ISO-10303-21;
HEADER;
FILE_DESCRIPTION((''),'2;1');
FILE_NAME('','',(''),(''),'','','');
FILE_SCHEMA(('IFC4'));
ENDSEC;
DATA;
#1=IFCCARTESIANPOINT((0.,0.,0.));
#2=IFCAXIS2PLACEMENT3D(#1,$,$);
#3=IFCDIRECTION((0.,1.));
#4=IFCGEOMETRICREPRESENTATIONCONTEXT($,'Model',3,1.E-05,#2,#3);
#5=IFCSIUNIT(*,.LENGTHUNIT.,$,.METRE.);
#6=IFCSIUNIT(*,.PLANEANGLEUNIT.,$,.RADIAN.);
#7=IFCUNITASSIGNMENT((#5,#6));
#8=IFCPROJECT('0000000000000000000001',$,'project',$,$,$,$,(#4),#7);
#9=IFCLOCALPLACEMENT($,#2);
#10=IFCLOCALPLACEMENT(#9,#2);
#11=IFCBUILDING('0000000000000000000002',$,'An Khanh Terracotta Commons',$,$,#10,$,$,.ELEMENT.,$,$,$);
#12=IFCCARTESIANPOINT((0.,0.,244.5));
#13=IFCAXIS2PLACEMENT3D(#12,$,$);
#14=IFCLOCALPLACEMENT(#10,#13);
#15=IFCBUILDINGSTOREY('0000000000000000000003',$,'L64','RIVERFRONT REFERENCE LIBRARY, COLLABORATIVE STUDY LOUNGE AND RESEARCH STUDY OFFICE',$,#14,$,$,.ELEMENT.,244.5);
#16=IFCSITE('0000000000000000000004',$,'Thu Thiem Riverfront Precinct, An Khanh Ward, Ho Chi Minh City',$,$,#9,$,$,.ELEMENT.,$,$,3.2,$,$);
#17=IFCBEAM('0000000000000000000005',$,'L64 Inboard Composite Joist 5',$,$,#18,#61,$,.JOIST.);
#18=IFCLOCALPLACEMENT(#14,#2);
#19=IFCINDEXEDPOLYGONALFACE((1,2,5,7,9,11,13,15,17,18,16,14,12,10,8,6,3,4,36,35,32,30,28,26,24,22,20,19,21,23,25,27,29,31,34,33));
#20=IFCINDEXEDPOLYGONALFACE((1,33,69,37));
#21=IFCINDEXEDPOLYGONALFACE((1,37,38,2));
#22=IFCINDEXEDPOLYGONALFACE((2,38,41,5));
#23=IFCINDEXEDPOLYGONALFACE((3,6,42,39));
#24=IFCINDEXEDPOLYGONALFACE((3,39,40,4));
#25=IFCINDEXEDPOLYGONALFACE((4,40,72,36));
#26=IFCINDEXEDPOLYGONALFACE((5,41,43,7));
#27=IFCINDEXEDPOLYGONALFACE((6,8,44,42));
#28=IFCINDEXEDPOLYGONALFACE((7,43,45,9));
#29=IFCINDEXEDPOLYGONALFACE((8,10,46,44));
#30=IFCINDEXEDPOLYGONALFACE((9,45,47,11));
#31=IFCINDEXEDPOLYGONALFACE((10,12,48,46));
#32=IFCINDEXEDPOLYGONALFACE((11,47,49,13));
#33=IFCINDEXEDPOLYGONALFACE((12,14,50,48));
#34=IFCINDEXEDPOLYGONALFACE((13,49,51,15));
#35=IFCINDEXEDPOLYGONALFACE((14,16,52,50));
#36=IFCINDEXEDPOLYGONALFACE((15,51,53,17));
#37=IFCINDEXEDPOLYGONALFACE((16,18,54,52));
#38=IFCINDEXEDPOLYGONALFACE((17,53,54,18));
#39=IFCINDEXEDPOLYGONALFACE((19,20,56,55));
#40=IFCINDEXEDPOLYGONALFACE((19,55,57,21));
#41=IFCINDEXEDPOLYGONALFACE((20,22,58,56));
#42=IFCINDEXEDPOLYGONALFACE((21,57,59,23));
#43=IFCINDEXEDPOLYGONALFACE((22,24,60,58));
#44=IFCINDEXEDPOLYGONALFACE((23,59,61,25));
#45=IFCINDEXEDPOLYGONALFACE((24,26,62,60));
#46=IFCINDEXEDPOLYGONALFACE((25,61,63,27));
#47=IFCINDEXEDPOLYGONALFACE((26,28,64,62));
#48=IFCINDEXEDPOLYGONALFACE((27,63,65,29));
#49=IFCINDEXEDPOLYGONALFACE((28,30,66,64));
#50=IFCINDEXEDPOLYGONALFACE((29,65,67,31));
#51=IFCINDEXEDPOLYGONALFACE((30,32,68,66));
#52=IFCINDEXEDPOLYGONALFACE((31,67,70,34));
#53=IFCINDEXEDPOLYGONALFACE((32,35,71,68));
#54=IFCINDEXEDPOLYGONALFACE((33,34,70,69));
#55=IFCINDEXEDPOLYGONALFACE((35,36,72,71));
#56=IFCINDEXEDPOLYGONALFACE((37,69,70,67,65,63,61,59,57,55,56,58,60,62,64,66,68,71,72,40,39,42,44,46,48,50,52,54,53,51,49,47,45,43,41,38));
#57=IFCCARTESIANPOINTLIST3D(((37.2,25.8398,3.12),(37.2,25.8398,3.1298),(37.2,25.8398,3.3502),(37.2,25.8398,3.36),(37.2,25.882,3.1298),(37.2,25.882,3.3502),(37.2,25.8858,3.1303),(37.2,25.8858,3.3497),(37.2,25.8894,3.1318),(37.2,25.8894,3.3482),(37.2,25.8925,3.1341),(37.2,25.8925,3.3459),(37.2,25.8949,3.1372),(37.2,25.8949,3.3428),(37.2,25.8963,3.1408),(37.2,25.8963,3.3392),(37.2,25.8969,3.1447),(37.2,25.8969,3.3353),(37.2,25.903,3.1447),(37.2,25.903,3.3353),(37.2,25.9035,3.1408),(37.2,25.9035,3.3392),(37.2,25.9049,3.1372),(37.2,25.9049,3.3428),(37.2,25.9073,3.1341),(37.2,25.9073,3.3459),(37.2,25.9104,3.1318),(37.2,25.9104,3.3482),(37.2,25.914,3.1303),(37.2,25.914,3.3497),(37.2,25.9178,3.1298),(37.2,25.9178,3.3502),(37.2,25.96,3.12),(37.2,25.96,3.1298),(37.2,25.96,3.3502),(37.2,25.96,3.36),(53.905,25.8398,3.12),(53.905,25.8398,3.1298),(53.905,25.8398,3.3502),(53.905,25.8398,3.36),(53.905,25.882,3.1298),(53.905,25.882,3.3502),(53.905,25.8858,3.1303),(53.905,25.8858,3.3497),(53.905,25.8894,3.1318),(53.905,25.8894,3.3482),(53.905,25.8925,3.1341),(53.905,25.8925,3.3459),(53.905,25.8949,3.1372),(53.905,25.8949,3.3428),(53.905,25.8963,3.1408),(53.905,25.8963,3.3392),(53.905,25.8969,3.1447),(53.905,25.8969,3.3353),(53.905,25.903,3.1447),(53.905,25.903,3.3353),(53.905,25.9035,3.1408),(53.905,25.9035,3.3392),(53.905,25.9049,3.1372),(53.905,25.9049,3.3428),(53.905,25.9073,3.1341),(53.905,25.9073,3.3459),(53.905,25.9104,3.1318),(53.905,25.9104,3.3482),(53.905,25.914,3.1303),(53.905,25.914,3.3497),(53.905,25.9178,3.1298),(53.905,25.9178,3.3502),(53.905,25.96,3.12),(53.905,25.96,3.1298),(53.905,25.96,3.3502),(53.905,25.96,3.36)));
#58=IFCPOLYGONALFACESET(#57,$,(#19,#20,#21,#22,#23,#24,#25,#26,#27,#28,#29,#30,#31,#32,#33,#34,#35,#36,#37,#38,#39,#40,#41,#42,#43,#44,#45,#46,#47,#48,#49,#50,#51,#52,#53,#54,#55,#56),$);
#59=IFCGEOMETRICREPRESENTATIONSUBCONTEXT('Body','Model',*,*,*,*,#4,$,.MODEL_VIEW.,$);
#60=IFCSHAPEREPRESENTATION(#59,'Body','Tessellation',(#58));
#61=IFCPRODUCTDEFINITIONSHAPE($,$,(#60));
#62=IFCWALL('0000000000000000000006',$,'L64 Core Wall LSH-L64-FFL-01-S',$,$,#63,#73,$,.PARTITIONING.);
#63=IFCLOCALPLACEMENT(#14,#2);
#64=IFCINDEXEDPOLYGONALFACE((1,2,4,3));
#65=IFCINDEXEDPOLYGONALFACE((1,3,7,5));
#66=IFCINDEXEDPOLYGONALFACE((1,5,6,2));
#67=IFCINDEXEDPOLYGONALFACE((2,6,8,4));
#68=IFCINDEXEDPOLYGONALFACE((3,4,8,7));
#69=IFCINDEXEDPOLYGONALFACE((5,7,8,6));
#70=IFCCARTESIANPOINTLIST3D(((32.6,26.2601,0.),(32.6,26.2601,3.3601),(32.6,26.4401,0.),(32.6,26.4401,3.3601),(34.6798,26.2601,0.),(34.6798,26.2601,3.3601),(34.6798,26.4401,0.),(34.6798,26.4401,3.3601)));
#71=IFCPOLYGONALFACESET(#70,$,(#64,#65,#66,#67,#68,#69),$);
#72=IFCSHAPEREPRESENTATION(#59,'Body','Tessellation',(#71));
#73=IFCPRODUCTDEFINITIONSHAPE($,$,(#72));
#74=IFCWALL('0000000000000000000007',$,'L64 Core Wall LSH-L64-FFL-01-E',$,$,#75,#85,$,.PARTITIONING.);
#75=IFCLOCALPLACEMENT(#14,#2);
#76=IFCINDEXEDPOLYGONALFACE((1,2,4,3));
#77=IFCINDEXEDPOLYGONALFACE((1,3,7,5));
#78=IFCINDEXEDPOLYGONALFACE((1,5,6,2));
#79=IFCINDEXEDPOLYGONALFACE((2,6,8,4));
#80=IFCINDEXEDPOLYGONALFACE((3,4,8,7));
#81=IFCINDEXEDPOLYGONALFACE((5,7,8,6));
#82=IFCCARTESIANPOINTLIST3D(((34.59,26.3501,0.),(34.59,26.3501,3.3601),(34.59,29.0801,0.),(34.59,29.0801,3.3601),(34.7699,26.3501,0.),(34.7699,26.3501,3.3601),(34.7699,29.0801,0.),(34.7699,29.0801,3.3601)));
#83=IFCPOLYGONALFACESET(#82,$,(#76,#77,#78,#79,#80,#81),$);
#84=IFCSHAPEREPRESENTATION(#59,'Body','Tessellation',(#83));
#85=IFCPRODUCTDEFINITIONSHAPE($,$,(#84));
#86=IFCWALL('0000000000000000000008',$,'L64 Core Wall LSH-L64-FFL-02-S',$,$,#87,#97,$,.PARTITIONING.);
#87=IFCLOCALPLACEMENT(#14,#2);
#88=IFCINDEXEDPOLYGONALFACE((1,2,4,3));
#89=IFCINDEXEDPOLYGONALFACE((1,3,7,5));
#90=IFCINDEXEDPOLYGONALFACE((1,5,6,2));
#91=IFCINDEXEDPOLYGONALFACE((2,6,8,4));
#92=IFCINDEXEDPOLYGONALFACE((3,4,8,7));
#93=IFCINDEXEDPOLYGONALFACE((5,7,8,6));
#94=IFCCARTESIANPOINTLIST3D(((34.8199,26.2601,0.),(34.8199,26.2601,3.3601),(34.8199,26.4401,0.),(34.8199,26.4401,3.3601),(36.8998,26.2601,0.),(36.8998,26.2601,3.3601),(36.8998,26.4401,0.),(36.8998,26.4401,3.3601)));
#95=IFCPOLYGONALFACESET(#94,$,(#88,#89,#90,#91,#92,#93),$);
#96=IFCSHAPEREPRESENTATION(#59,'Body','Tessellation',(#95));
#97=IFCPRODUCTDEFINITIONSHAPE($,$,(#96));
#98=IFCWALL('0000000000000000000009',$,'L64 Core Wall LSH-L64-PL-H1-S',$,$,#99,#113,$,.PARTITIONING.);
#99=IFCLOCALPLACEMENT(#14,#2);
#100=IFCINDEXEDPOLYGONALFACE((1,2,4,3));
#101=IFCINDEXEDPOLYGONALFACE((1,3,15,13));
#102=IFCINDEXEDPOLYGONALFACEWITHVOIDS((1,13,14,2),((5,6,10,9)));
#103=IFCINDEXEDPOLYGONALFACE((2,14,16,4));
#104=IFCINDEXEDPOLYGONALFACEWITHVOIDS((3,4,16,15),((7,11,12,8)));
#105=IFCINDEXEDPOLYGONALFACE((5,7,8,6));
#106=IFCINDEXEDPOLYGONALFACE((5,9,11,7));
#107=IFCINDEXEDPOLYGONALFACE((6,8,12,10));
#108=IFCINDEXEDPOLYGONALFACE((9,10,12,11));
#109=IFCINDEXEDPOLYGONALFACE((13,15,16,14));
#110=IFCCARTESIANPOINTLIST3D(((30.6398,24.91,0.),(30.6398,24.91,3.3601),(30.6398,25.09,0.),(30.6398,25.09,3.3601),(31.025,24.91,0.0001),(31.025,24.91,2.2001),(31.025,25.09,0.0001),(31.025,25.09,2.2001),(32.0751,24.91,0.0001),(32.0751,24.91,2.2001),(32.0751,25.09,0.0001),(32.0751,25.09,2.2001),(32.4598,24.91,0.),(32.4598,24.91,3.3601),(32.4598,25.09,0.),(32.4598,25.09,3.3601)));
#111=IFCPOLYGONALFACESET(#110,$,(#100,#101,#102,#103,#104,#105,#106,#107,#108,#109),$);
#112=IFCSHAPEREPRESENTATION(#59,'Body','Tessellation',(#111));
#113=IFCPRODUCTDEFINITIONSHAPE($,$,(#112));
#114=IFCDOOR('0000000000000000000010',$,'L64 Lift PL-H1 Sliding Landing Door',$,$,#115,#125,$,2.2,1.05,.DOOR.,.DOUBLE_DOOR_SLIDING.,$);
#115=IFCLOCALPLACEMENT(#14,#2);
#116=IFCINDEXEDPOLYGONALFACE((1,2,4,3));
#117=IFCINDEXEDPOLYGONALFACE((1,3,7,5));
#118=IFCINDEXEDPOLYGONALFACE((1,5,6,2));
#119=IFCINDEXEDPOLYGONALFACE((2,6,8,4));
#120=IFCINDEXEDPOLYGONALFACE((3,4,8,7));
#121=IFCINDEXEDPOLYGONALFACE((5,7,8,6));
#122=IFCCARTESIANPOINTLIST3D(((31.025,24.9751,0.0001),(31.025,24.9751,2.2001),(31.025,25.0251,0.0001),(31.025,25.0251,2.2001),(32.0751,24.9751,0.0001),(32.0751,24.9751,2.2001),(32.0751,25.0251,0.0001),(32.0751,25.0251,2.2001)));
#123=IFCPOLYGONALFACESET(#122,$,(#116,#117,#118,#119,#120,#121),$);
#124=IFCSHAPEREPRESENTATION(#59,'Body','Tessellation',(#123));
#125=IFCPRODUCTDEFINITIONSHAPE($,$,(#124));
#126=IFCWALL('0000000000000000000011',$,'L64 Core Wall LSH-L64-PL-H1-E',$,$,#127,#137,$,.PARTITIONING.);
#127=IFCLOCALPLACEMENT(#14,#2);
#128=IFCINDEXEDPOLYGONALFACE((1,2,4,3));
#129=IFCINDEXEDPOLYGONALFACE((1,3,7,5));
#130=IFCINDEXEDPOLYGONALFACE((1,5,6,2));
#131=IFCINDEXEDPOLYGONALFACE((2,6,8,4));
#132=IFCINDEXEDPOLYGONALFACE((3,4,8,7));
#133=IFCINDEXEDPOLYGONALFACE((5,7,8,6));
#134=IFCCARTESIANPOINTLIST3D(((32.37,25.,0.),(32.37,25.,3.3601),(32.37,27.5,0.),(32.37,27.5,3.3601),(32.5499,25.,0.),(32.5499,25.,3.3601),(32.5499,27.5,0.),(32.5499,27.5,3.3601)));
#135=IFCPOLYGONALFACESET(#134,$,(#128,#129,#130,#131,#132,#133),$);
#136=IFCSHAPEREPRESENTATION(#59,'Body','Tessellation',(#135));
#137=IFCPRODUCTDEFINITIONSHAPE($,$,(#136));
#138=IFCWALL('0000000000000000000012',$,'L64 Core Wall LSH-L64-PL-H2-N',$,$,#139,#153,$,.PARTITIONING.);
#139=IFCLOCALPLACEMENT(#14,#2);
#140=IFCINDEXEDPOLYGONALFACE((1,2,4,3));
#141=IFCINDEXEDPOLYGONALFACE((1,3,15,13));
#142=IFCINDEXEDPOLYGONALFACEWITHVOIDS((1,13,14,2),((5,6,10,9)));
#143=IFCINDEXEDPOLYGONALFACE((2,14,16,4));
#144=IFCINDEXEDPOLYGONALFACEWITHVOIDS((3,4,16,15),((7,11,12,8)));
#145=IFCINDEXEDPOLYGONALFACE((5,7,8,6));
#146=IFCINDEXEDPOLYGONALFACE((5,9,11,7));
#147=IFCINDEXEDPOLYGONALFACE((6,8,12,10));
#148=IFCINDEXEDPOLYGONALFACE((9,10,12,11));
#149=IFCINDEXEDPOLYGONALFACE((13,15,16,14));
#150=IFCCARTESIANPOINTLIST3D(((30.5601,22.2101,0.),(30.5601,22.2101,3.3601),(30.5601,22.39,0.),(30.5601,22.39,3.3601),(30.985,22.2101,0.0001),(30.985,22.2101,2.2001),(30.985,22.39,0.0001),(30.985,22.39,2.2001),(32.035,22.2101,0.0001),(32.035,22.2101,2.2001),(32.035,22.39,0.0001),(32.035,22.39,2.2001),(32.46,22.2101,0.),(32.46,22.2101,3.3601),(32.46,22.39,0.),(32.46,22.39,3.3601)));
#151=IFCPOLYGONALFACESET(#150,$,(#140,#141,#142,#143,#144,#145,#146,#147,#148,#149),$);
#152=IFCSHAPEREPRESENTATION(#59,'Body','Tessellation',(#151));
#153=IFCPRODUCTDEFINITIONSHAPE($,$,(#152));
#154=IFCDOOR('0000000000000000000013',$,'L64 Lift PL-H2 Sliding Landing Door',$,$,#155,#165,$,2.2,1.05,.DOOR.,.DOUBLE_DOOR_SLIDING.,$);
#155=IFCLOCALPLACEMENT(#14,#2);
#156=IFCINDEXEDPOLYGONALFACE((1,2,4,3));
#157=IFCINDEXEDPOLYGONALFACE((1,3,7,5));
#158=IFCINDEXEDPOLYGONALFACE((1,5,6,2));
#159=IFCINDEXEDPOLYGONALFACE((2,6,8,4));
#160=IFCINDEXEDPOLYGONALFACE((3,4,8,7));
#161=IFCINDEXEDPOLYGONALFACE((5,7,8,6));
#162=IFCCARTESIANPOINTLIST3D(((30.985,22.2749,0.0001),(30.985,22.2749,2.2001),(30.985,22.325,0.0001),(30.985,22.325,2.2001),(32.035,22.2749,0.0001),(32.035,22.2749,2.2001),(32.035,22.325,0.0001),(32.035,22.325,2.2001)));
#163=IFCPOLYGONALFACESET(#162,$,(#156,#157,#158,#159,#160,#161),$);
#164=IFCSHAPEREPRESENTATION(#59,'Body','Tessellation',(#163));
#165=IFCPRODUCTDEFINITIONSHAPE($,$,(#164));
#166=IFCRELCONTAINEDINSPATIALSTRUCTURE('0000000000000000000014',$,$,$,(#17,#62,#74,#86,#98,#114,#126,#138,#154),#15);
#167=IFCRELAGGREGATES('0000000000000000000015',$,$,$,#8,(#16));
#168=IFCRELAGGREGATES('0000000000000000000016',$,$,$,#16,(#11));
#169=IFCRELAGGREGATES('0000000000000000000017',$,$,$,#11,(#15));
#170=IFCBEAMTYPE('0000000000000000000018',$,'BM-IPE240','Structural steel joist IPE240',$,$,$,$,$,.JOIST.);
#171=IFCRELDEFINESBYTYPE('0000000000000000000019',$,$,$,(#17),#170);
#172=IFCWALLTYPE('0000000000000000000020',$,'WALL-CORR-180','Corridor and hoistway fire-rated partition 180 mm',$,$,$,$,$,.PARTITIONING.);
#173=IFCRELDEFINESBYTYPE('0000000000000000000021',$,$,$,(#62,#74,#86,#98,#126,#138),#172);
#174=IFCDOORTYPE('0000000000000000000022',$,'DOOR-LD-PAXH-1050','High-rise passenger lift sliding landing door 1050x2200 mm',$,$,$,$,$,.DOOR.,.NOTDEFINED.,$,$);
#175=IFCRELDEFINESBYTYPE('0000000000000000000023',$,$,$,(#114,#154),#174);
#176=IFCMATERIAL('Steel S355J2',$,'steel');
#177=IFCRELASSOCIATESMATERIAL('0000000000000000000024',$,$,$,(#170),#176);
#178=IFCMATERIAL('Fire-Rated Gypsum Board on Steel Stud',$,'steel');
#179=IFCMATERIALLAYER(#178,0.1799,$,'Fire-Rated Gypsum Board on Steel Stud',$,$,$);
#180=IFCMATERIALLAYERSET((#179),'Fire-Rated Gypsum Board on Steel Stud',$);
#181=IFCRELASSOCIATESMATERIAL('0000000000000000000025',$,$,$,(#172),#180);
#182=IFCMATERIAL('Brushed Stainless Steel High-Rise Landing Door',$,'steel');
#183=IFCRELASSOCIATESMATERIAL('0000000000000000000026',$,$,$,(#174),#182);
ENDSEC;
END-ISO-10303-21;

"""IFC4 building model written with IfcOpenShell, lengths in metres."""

from ifc_helpers import new_model, si_unit, direction, frame, frame_2d, origin, origin_2d, place, context, subcontext, project, spatial, rectangle, i_section, extrude, material, layer, layer_set, material_profile, profile_set, type_object, element, fill, save


model = new_model("IFC4")

# Units and contexts
model_context = context("Model", 3, precision=1e-05, world=origin(), true_north=direction((0.0, 1.0)))
body_context = subcontext(model_context, "Body", "Model", "MODEL_VIEW")
ifc_project = project(units=[si_unit("LENGTHUNIT", "METRE"), si_unit("PLANEANGLEUNIT", "RADIAN")], contexts=[model_context])

# Site, building, storey
site_placement = place(None, origin())
site = spatial("IfcSite", under=ifc_project, at=site_placement, Name="Thu Thiem Riverfront Precinct, An Khanh Ward, Ho Chi Minh City", CompositionType="ELEMENT", RefElevation=3.2)
building_placement = place(site_placement, origin())
building = spatial("IfcBuilding", under=site, at=building_placement, Name="An Khanh Terracotta Commons", CompositionType="ELEMENT")
storey_placement = place(building_placement, frame((0.0, 0.0, 244.5)))
storey = spatial("IfcBuildingStorey", under=building, at=storey_placement, Name="L64", Description="RIVERFRONT REFERENCE LIBRARY, COLLABORATIVE STUDY LOUNGE AND RESEARCH STUDY OFFICE", CompositionType="ELEMENT", Elevation=244.5)

# Beam
ifc_material_1 = material(Name="Steel S355J2", Category="steel")
ifc_material_profile_1 = material_profile(ifc_material_1, i_section(OverallWidth=0.1201, OverallDepth=0.24, WebThickness=0.0061, FlangeThickness=0.0098, FilletRadius=0.0149, at=origin_2d()), Name="IPE240")
ifc_profile_set_1 = profile_set([ifc_material_profile_1], Name="Steel S355J2")
beam_type_1 = type_object("IfcBeamType", Name="BM-IPE240", Description="Structural steel joist IPE240", PredefinedType="JOIST", material=ifc_profile_set_1)
for number, where, z_axis, x_axis, name in (
    (1, (37.2, 25.8999, 3.24), (1.0, 0.0, 0.0), (0.0, 1.0, 0.0), "L64 Inboard Composite Joist 5"),
):
    element("IfcBeam", number, at=place(storey_placement, frame(where, z_axis=z_axis, x_axis=x_axis)), inside=storey, type_object=beam_type_1, Name=name, PredefinedType="JOIST", context=body_context, shape_type="SweptSolid", body=[
        extrude(i_section(OverallWidth=0.1201, OverallDepth=0.24, WebThickness=0.0061, FlangeThickness=0.0098, FilletRadius=0.0149, at=origin_2d()), origin(), (0.0, 0.0, 1.0), 16.7051),
    ])

# Walls
ifc_material_2 = material(Name="Fire-Rated Gypsum Board on Steel Stud", Category="steel")
ifc_layer = layer(ifc_material_2, 0.1799, Name="Fire-Rated Gypsum Board on Steel Stud")
ifc_layer_set = layer_set([ifc_layer], Name="Fire-Rated Gypsum Board on Steel Stud")
wall_type = type_object("IfcWallType", Name="WALL-CORR-180", Description="Corridor and hoistway fire-rated partition 180 mm", PredefinedType="PARTITIONING", material=ifc_layer_set)
wall_1_placement = place(storey_placement, frame((34.6799, 26.3501, 0.0), z_axis=(0.0, 0.0, 1.0), x_axis=(-1.0, 0.0, 0.0)))
element("IfcWall", 2, at=wall_1_placement, inside=storey, type_object=wall_type, Name="L64 Core Wall LSH-L64-FFL-01-S", PredefinedType="PARTITIONING", context=body_context, shape_type="SweptSolid", body=[
    extrude(rectangle(XDim=2.0798, YDim=0.1799, at=frame_2d((1.04, 0.0))), origin(), (0.0, 0.0, 1.0), 3.3601),
])
wall_2_placement = place(storey_placement, frame((34.6799, 26.3501, 0.0), z_axis=(0.0, 0.0, 1.0), x_axis=(0.0, 1.0, 0.0)))
element("IfcWall", 3, at=wall_2_placement, inside=storey, type_object=wall_type, Name="L64 Core Wall LSH-L64-FFL-01-E", PredefinedType="PARTITIONING", context=body_context, shape_type="SweptSolid", body=[
    extrude(rectangle(XDim=2.73, YDim=0.1799, at=frame_2d((1.365, 0.0))), origin(), (0.0, 0.0, 1.0), 3.3601),
])
wall_3_placement = place(storey_placement, frame((36.8999, 26.3501, 0.0), z_axis=(0.0, 0.0, 1.0), x_axis=(-1.0, 0.0, 0.0)))
element("IfcWall", 4, at=wall_3_placement, inside=storey, type_object=wall_type, Name="L64 Core Wall LSH-L64-FFL-02-S", PredefinedType="PARTITIONING", context=body_context, shape_type="SweptSolid", body=[
    extrude(rectangle(XDim=2.0798, YDim=0.1799, at=frame_2d((1.04, 0.0))), origin(), (0.0, 0.0, 1.0), 3.3601),
])

# Wall, opening, door
wall_4_placement = place(storey_placement, frame((32.46, 25.0, 0.0), z_axis=(0.0, 0.0, 1.0), x_axis=(-1.0, 0.0, 0.0)))
wall_4 = element("IfcWall", 5, at=wall_4_placement, inside=storey, type_object=wall_type, Name="L64 Core Wall LSH-L64-PL-H1-S", PredefinedType="PARTITIONING", context=body_context, shape_type="SweptSolid", body=[
    extrude(rectangle(XDim=1.8201, YDim=0.1799, at=frame_2d((0.9102, 0.0))), origin(), (0.0, 0.0, 1.0), 3.3601),
])
opening_1_placement = place(wall_4_placement, frame((0.385, 0.0, 0.0)))
opening_1 = element("IfcOpeningElement", 6, at=opening_1_placement, cuts=wall_4, PredefinedType="OPENING", context=body_context, shape_type="SweptSolid", body=[
    extrude(rectangle(XDim=1.05, YDim=2.2, at=frame_2d((0.5249, 1.1001))), frame((0.0, 0.0999, 0.0), z_axis=(0.0, -1.0, 0.0), x_axis=(1.0, 0.0, 0.0)), (0.0, 0.0, 1.0), 0.2),
])
ifc_material_3 = material(Name="Brushed Stainless Steel High-Rise Landing Door", Category="steel")
door_type = type_object("IfcDoorType", Name="DOOR-LD-PAXH-1050", Description="High-rise passenger lift sliding landing door 1050x2200 mm", OperationType="NOTDEFINED", PredefinedType="DOOR", material=ifc_material_3)
door_1_placement = place(opening_1_placement, origin())
door_1 = element("IfcDoor", 7, at=door_1_placement, inside=storey, type_object=door_type, Name="L64 Lift PL-H1 Sliding Landing Door", OperationType="DOUBLE_DOOR_SLIDING", OverallHeight=2.2, OverallWidth=1.05, PredefinedType="DOOR", context=body_context, shape_type="SweptSolid", body=[
    extrude(rectangle(XDim=1.05, YDim=2.2, at=frame_2d((0.5249, 1.1001))), frame((0.0, 0.0249, 0.0), z_axis=(0.0, -1.0, 0.0), x_axis=(1.0, 0.0, 0.0)), (0.0, 0.0, 1.0), 0.05),
])
fill(opening_1, door_1)

# Wall
wall_5_placement = place(storey_placement, frame((32.46, 25.0, 0.0), z_axis=(0.0, 0.0, 1.0), x_axis=(0.0, 1.0, 0.0)))
element("IfcWall", 8, at=wall_5_placement, inside=storey, type_object=wall_type, Name="L64 Core Wall LSH-L64-PL-H1-E", PredefinedType="PARTITIONING", context=body_context, shape_type="SweptSolid", body=[
    extrude(rectangle(XDim=2.5, YDim=0.1799, at=frame_2d((1.25, 0.0))), origin(), (0.0, 0.0, 1.0), 3.3601),
])

# Wall, opening, door
wall_6_placement = place(storey_placement, frame((30.5601, 22.3, 0.0), z_axis=(0.0, 0.0, 1.0), x_axis=(1.0, 0.0, 0.0)))
wall_6 = element("IfcWall", 9, at=wall_6_placement, inside=storey, type_object=wall_type, Name="L64 Core Wall LSH-L64-PL-H2-N", PredefinedType="PARTITIONING", context=body_context, shape_type="SweptSolid", body=[
    extrude(rectangle(XDim=1.8999, YDim=0.1799, at=frame_2d((0.95, 0.0))), origin(), (0.0, 0.0, 1.0), 3.3601),
])
opening_2_placement = place(wall_6_placement, frame((0.425, 0.0, 0.0)))
opening_2 = element("IfcOpeningElement", 10, at=opening_2_placement, cuts=wall_6, PredefinedType="OPENING", context=body_context, shape_type="SweptSolid", body=[
    extrude(rectangle(XDim=1.05, YDim=2.2, at=frame_2d((0.5249, 1.1001))), frame((0.0, 0.0999, 0.0), z_axis=(0.0, -1.0, 0.0), x_axis=(1.0, 0.0, 0.0)), (0.0, 0.0, 1.0), 0.2),
])
door_2_placement = place(opening_2_placement, origin())
door_2 = element("IfcDoor", 11, at=door_2_placement, inside=storey, type_object=door_type, Name="L64 Lift PL-H2 Sliding Landing Door", OperationType="DOUBLE_DOOR_SLIDING", OverallHeight=2.2, OverallWidth=1.05, PredefinedType="DOOR", context=body_context, shape_type="SweptSolid", body=[
    extrude(rectangle(XDim=1.05, YDim=2.2, at=frame_2d((0.5249, 1.1001))), frame((0.0, 0.0249, 0.0), z_axis=(0.0, -1.0, 0.0), x_axis=(1.0, 0.0, 0.0)), (0.0, 0.0, 1.0), 0.05),
])
fill(opening_2, door_2)

save(model, "model.ifc")
